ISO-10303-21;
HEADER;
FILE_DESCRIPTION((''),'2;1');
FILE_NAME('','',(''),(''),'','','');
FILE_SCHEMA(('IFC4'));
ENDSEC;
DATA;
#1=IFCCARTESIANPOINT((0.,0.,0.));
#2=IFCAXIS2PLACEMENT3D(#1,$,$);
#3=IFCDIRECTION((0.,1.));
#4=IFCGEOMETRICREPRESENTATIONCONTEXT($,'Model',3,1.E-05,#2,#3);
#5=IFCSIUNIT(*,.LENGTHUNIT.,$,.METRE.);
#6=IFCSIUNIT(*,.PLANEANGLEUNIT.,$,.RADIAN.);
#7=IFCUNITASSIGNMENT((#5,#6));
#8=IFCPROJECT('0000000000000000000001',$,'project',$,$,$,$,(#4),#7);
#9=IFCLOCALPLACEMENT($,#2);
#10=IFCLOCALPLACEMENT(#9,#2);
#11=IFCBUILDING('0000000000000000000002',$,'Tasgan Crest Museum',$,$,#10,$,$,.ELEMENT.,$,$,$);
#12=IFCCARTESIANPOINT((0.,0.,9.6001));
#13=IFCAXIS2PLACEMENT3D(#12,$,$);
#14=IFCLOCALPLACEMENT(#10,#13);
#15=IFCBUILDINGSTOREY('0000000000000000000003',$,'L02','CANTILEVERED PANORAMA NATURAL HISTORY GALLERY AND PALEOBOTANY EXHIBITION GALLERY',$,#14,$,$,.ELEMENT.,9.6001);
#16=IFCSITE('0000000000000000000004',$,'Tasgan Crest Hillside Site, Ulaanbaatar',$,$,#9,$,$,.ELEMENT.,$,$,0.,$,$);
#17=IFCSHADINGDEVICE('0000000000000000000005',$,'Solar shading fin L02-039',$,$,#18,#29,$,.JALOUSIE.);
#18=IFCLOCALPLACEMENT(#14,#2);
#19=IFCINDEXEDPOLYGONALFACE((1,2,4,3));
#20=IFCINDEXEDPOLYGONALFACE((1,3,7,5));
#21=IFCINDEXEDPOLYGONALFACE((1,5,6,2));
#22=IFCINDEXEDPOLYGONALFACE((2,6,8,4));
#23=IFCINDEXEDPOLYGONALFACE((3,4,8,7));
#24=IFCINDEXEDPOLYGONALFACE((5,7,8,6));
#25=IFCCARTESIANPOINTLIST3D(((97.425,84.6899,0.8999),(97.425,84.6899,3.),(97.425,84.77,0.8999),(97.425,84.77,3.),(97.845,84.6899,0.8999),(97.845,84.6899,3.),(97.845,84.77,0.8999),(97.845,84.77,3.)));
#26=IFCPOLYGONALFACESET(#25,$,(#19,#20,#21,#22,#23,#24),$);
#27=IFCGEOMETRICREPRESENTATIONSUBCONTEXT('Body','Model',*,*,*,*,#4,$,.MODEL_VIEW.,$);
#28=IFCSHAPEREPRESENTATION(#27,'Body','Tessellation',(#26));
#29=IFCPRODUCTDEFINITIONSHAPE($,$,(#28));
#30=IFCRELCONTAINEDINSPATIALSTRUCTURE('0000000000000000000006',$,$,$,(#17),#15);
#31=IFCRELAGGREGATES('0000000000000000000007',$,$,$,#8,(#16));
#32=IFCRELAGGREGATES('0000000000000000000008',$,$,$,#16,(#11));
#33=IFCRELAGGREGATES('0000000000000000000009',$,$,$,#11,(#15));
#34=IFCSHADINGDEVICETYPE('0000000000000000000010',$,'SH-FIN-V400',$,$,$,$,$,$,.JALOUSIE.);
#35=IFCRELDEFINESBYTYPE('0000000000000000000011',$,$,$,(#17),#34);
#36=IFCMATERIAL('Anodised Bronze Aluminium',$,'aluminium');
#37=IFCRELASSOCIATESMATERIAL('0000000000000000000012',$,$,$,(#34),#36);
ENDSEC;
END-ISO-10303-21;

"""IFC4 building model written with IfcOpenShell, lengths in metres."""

from ifc_helpers import new_model, si_unit, direction, frame, origin, origin_2d, place, context, subcontext, project, spatial, rectangle, extrude, material, type_object, element, save


model = new_model("IFC4")

# Units and contexts
model_context = context("Model", 3, precision=1e-05, world=origin(), true_north=direction((0.0, 1.0)))
body_context = subcontext(model_context, "Body", "Model", "MODEL_VIEW")
ifc_project = project(units=[si_unit("LENGTHUNIT", "METRE"), si_unit("PLANEANGLEUNIT", "RADIAN")], contexts=[model_context])

# Site, building, storey
site_placement = place(None, origin())
site = spatial("IfcSite", under=ifc_project, at=site_placement, Name="Tasgan Crest Hillside Site, Ulaanbaatar", CompositionType="ELEMENT", RefElevation=0.0)
building_placement = place(site_placement, origin())
building = spatial("IfcBuilding", under=site, at=building_placement, Name="Tasgan Crest Museum", CompositionType="ELEMENT")
storey_placement = place(building_placement, frame((0.0, 0.0, 9.6001)))
storey = spatial("IfcBuildingStorey", under=building, at=storey_placement, Name="L02", Description="CANTILEVERED PANORAMA NATURAL HISTORY GALLERY AND PALEOBOTANY EXHIBITION GALLERY", CompositionType="ELEMENT", Elevation=9.6001)

# Shading device
ifc_material_1 = material(Name="Anodised Bronze Aluminium", Category="aluminium")
shading_device_type = type_object("IfcShadingDeviceType", Name="SH-FIN-V400", PredefinedType="JALOUSIE", material=ifc_material_1)
shading_device_placement = place(storey_placement, frame((97.635, 84.73, 0.8999), z_axis=(0.0, 0.0, 1.0), x_axis=(0.0, 1.0, 0.0)))
element("IfcShadingDevice", 1, at=shading_device_placement, inside=storey, type_object=shading_device_type, Name="Solar shading fin L02-039", PredefinedType="JALOUSIE", context=body_context, shape_type="SweptSolid", body=[
    extrude(rectangle(XDim=0.0801, YDim=0.4199, at=origin_2d()), origin(), (0.0, 0.0, 1.0), 2.1001),
])

save(model, "model.ifc")
